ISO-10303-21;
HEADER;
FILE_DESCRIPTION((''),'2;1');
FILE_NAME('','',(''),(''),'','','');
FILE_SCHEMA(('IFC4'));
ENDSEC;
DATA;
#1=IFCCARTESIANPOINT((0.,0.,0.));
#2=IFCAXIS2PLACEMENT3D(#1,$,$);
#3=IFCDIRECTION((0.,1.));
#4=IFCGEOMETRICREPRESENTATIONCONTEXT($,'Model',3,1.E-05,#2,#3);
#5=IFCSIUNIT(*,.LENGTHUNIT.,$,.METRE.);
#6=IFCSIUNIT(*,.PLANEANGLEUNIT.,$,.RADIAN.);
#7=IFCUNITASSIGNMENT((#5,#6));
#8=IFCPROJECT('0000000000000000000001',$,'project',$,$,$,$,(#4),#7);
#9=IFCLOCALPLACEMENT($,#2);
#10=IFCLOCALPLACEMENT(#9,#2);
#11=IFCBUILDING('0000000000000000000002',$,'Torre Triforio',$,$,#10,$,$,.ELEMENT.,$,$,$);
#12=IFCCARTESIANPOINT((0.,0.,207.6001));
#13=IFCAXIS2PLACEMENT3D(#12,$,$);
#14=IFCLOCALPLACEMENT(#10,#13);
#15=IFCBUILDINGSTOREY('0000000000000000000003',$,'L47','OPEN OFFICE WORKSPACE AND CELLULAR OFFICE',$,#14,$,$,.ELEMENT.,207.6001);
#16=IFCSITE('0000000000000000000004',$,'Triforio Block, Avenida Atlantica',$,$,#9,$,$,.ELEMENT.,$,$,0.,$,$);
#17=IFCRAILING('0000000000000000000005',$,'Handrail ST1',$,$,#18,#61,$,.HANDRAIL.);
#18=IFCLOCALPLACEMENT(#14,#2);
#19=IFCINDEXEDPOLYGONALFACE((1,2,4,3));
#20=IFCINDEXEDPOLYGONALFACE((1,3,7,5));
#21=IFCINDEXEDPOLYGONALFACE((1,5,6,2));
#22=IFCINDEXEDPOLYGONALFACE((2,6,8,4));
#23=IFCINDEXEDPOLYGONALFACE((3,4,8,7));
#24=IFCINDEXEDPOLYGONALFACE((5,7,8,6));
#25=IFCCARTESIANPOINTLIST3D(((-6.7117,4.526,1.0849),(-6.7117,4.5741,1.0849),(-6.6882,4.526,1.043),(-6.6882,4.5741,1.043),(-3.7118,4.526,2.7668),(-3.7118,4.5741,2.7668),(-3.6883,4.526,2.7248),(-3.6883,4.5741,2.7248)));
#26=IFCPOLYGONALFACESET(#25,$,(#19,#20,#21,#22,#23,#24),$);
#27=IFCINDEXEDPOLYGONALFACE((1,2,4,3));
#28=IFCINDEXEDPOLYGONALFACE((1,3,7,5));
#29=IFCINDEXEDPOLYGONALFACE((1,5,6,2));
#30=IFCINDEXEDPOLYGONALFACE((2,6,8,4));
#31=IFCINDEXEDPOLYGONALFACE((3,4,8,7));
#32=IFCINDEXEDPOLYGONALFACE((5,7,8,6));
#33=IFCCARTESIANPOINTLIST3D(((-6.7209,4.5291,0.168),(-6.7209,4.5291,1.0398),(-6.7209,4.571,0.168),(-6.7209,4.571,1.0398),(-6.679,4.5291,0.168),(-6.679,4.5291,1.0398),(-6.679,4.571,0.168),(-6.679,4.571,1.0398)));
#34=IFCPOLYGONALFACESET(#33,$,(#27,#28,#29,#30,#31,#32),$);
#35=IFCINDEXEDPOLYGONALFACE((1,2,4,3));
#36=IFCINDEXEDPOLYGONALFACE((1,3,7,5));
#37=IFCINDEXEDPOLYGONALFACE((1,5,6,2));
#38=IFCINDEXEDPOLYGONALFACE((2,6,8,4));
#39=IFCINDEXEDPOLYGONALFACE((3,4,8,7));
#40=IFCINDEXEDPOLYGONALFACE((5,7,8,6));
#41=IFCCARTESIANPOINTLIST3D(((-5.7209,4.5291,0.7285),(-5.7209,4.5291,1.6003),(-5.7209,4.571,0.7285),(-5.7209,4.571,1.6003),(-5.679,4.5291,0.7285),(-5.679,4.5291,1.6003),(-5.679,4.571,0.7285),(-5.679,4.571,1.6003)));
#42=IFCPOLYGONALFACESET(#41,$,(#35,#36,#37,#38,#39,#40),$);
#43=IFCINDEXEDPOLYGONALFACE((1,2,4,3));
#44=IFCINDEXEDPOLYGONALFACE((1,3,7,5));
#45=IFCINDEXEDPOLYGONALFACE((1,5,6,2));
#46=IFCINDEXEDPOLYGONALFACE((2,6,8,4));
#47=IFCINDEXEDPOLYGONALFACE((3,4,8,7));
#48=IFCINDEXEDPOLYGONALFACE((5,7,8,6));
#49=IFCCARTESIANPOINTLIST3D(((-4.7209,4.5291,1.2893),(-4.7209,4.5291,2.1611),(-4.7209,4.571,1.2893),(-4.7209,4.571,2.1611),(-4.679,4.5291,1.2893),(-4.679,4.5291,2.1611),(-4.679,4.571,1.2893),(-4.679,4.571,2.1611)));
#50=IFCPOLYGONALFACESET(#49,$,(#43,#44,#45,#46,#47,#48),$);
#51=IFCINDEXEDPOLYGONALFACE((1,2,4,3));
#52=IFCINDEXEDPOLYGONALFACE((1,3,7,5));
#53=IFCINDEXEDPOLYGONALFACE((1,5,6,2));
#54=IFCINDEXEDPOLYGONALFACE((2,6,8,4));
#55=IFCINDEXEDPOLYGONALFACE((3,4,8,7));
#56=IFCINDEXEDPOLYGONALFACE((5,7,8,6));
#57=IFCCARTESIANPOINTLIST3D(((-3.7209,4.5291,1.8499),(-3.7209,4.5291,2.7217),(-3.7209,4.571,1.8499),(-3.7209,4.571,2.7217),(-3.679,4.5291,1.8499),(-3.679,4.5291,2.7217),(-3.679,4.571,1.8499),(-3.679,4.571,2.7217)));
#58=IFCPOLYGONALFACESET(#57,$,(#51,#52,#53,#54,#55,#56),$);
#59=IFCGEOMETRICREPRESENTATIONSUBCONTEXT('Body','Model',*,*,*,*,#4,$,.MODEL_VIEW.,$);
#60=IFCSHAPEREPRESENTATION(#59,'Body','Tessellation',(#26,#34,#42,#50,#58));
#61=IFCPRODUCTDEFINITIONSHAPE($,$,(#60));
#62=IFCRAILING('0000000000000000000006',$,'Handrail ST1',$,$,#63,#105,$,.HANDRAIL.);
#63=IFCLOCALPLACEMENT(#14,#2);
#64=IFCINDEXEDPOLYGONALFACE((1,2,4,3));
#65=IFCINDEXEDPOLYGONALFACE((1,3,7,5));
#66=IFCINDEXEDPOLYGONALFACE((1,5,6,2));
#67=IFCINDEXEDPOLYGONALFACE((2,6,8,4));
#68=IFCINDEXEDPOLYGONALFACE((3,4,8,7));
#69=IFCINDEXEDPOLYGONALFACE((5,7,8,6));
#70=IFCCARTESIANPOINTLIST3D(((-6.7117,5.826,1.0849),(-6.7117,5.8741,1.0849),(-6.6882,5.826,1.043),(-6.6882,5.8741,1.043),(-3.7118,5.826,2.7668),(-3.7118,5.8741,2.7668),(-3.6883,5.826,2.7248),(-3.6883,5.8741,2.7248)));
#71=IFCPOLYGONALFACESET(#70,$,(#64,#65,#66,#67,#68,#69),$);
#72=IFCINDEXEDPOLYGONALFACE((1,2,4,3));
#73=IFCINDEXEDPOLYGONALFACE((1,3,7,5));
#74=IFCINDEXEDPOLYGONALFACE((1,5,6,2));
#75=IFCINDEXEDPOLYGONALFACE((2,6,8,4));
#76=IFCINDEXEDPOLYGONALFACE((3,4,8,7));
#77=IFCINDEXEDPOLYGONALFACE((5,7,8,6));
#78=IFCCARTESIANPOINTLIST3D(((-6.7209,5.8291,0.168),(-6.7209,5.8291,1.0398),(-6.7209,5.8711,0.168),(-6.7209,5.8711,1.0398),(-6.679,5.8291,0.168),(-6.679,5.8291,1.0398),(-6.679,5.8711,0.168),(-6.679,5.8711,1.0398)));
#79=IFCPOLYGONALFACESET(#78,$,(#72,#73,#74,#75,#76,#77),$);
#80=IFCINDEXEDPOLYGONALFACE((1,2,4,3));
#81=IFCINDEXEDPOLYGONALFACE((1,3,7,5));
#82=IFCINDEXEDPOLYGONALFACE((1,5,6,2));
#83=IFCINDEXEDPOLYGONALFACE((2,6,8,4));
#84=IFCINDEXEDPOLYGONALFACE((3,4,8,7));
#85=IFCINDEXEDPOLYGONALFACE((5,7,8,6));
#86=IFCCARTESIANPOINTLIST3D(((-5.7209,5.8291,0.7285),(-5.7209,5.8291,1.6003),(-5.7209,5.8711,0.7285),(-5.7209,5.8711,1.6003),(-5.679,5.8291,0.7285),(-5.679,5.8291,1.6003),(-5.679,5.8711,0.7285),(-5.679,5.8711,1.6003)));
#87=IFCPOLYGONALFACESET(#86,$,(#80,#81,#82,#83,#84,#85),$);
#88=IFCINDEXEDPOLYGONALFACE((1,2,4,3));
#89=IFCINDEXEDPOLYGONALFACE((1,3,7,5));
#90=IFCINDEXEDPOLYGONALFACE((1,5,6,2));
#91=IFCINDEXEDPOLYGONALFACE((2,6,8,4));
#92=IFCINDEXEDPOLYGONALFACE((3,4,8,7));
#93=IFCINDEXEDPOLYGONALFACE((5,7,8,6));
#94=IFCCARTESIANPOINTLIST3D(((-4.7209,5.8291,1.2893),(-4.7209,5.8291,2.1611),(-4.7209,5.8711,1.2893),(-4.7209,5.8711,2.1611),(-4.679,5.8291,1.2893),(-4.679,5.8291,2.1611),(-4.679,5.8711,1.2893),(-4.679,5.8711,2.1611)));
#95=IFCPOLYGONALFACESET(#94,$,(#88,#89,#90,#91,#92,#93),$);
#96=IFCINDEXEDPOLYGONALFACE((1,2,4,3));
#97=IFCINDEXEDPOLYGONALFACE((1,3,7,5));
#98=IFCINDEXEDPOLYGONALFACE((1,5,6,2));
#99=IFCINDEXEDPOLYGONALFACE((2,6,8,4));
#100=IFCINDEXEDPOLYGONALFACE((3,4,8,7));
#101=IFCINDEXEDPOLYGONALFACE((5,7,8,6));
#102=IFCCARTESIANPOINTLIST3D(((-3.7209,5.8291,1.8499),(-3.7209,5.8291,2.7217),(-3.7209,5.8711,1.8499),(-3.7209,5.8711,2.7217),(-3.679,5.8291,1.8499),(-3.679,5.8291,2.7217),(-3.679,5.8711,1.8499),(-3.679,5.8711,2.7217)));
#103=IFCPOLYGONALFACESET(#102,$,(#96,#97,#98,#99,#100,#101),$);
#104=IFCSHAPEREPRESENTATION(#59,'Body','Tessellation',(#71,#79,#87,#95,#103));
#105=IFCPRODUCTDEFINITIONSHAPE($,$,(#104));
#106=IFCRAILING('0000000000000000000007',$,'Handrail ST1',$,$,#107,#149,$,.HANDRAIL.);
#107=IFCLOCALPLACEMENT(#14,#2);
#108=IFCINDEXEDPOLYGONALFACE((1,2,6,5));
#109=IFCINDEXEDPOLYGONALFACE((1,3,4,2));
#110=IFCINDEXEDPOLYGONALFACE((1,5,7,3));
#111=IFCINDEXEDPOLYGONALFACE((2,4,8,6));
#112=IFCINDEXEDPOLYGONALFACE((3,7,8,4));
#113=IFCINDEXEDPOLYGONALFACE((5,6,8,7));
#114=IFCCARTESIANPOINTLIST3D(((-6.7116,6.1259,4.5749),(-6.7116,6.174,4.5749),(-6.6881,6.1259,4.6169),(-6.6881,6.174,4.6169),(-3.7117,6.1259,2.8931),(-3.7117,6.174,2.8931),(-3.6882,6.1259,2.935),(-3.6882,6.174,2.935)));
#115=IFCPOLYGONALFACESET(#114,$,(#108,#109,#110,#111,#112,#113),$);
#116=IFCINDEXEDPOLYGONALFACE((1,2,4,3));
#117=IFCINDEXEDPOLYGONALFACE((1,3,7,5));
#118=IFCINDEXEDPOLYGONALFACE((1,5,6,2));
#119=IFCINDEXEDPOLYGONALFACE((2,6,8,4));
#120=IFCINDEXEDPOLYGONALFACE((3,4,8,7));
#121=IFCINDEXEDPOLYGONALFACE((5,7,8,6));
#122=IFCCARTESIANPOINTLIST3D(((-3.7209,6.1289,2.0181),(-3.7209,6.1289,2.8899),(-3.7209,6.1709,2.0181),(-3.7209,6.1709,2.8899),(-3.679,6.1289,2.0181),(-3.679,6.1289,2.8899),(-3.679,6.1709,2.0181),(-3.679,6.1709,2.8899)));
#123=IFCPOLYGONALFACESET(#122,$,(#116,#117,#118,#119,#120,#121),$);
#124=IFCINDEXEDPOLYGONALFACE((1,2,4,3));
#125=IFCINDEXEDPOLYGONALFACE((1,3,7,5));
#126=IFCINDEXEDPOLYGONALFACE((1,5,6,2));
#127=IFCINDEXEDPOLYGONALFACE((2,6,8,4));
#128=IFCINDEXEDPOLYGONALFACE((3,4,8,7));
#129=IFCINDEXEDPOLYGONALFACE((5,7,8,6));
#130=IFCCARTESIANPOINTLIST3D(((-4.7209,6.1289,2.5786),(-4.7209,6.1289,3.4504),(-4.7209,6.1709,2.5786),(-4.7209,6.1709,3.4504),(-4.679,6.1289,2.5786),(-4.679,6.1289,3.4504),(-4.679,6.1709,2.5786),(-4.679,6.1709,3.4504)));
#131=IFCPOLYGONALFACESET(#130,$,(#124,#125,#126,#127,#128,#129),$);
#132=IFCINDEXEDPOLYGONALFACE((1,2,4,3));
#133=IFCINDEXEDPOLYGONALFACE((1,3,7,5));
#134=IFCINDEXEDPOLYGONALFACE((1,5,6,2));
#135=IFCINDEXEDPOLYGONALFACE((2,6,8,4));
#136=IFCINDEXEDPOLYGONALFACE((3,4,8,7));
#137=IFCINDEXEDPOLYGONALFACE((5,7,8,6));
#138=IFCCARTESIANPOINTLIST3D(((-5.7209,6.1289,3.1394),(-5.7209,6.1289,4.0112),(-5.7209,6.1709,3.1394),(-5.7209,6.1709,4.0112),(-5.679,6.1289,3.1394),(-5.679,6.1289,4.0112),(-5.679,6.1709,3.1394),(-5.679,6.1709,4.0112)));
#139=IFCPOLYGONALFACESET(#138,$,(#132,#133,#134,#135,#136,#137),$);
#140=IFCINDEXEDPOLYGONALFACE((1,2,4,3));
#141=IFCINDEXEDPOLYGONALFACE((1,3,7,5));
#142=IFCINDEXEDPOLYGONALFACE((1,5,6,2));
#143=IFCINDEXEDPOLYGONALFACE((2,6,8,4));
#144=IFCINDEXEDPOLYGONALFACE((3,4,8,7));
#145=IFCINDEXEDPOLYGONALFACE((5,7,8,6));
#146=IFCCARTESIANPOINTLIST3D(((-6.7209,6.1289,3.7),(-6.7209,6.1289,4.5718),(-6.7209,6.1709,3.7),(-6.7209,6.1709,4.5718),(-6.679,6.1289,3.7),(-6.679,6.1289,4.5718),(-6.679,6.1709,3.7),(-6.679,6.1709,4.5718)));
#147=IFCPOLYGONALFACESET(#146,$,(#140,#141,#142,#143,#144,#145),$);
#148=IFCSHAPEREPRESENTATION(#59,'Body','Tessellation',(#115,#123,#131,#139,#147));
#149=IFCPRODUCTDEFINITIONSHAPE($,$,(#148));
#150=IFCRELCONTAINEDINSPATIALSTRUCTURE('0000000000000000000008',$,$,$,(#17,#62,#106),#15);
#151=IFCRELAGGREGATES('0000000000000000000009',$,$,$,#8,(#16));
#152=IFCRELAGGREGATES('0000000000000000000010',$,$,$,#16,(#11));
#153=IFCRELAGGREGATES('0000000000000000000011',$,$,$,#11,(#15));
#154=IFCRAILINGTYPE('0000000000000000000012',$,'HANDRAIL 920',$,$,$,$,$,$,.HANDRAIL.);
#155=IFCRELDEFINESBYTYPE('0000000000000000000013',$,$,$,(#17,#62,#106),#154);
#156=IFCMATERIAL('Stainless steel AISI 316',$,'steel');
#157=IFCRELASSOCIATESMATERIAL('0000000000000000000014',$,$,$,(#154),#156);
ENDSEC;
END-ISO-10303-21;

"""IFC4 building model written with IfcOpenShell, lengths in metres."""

from ifc_helpers import new_model, si_unit, direction, frame, origin, origin_2d, place, context, subcontext, project, spatial, rectangle, extrude, material, type_object, element, save


model = new_model("IFC4")

# Units and contexts
model_context = context("Model", 3, precision=1e-05, world=origin(), true_north=direction((0.0, 1.0)))
body_context = subcontext(model_context, "Body", "Model", "MODEL_VIEW")
ifc_project = project(units=[si_unit("LENGTHUNIT", "METRE"), si_unit("PLANEANGLEUNIT", "RADIAN")], contexts=[model_context])

# Site, building, storey
site_placement = place(None, origin())
site = spatial("IfcSite", under=ifc_project, at=site_placement, Name="Triforio Block, Avenida Atlantica", CompositionType="ELEMENT", RefElevation=0.0)
building_placement = place(site_placement, origin())
building = spatial("IfcBuilding", under=site, at=building_placement, Name="Torre Triforio", CompositionType="ELEMENT")
storey_placement = place(building_placement, frame((0.0, 0.0, 207.6001)))
storey = spatial("IfcBuildingStorey", under=building, at=storey_placement, Name="L47", Description="OPEN OFFICE WORKSPACE AND CELLULAR OFFICE", CompositionType="ELEMENT", Elevation=207.6001)

# Railings
ifc_material_1 = material(Name="Stainless steel AISI 316", Category="steel")
railing_type = type_object("IfcRailingType", Name="HANDRAIL 920", PredefinedType="HANDRAIL", material=ifc_material_1)
for number, where, name in (
    (1, (-6.7, 4.55, 0.168), "Handrail ST1"),
    (2, (-6.7, 5.8501, 0.168), "Handrail ST1"),
):
    element("IfcRailing", number, at=place(storey_placement, frame(where)), inside=storey, type_object=railing_type, Name=name, PredefinedType="HANDRAIL", context=body_context, shape_type="SweptSolid", body=[
        extrude(rectangle(XDim=0.0481, YDim=0.0481, at=origin_2d()), frame((0.0, 0.0, 0.896), z_axis=(0.872272, 0.0, 0.48902), x_axis=(0.0, 1.0, 0.0)), (0.0, 0.0, 1.0), 3.4392),
        extrude(rectangle(XDim=0.042, YDim=0.042, at=origin_2d()), origin(), (0.0, 0.0, 1.0), 0.8718),
        extrude(rectangle(XDim=0.042, YDim=0.042, at=origin_2d()), frame((1.0, 0.0, 0.5605)), (0.0, 0.0, 1.0), 0.8718),
        extrude(rectangle(XDim=0.042, YDim=0.042, at=origin_2d()), frame((2.0, 0.0, 1.1213)), (0.0, 0.0, 1.0), 0.8718),
        extrude(rectangle(XDim=0.042, YDim=0.042, at=origin_2d()), frame((3.0, 0.0, 1.6819)), (0.0, 0.0, 1.0), 0.8718),
    ])
railing_placement = place(storey_placement, frame((-3.7, 6.1499, 2.0181)))
element("IfcRailing", 3, at=railing_placement, inside=storey, type_object=railing_type, Name="Handrail ST1", PredefinedType="HANDRAIL", context=body_context, shape_type="SweptSolid", body=[
    extrude(rectangle(XDim=0.0481, YDim=0.0481, at=origin_2d()), frame((0.0, 0.0, 0.896), z_axis=(-0.872272, 0.0, 0.48902), x_axis=(0.0, -1.0, 0.0)), (0.0, 0.0, 1.0), 3.4392),
    extrude(rectangle(XDim=0.042, YDim=0.042, at=origin_2d()), origin(), (0.0, 0.0, 1.0), 0.8718),
    extrude(rectangle(XDim=0.042, YDim=0.042, at=origin_2d()), frame((-1.0, 0.0, 0.5605)), (0.0, 0.0, 1.0), 0.8718),
    extrude(rectangle(XDim=0.042, YDim=0.042, at=origin_2d()), frame((-2.0, 0.0, 1.1213)), (0.0, 0.0, 1.0), 0.8718),
    extrude(rectangle(XDim=0.042, YDim=0.042, at=origin_2d()), frame((-3.0, 0.0, 1.6819)), (0.0, 0.0, 1.0), 0.8718),
])

save(model, "model.ifc")
